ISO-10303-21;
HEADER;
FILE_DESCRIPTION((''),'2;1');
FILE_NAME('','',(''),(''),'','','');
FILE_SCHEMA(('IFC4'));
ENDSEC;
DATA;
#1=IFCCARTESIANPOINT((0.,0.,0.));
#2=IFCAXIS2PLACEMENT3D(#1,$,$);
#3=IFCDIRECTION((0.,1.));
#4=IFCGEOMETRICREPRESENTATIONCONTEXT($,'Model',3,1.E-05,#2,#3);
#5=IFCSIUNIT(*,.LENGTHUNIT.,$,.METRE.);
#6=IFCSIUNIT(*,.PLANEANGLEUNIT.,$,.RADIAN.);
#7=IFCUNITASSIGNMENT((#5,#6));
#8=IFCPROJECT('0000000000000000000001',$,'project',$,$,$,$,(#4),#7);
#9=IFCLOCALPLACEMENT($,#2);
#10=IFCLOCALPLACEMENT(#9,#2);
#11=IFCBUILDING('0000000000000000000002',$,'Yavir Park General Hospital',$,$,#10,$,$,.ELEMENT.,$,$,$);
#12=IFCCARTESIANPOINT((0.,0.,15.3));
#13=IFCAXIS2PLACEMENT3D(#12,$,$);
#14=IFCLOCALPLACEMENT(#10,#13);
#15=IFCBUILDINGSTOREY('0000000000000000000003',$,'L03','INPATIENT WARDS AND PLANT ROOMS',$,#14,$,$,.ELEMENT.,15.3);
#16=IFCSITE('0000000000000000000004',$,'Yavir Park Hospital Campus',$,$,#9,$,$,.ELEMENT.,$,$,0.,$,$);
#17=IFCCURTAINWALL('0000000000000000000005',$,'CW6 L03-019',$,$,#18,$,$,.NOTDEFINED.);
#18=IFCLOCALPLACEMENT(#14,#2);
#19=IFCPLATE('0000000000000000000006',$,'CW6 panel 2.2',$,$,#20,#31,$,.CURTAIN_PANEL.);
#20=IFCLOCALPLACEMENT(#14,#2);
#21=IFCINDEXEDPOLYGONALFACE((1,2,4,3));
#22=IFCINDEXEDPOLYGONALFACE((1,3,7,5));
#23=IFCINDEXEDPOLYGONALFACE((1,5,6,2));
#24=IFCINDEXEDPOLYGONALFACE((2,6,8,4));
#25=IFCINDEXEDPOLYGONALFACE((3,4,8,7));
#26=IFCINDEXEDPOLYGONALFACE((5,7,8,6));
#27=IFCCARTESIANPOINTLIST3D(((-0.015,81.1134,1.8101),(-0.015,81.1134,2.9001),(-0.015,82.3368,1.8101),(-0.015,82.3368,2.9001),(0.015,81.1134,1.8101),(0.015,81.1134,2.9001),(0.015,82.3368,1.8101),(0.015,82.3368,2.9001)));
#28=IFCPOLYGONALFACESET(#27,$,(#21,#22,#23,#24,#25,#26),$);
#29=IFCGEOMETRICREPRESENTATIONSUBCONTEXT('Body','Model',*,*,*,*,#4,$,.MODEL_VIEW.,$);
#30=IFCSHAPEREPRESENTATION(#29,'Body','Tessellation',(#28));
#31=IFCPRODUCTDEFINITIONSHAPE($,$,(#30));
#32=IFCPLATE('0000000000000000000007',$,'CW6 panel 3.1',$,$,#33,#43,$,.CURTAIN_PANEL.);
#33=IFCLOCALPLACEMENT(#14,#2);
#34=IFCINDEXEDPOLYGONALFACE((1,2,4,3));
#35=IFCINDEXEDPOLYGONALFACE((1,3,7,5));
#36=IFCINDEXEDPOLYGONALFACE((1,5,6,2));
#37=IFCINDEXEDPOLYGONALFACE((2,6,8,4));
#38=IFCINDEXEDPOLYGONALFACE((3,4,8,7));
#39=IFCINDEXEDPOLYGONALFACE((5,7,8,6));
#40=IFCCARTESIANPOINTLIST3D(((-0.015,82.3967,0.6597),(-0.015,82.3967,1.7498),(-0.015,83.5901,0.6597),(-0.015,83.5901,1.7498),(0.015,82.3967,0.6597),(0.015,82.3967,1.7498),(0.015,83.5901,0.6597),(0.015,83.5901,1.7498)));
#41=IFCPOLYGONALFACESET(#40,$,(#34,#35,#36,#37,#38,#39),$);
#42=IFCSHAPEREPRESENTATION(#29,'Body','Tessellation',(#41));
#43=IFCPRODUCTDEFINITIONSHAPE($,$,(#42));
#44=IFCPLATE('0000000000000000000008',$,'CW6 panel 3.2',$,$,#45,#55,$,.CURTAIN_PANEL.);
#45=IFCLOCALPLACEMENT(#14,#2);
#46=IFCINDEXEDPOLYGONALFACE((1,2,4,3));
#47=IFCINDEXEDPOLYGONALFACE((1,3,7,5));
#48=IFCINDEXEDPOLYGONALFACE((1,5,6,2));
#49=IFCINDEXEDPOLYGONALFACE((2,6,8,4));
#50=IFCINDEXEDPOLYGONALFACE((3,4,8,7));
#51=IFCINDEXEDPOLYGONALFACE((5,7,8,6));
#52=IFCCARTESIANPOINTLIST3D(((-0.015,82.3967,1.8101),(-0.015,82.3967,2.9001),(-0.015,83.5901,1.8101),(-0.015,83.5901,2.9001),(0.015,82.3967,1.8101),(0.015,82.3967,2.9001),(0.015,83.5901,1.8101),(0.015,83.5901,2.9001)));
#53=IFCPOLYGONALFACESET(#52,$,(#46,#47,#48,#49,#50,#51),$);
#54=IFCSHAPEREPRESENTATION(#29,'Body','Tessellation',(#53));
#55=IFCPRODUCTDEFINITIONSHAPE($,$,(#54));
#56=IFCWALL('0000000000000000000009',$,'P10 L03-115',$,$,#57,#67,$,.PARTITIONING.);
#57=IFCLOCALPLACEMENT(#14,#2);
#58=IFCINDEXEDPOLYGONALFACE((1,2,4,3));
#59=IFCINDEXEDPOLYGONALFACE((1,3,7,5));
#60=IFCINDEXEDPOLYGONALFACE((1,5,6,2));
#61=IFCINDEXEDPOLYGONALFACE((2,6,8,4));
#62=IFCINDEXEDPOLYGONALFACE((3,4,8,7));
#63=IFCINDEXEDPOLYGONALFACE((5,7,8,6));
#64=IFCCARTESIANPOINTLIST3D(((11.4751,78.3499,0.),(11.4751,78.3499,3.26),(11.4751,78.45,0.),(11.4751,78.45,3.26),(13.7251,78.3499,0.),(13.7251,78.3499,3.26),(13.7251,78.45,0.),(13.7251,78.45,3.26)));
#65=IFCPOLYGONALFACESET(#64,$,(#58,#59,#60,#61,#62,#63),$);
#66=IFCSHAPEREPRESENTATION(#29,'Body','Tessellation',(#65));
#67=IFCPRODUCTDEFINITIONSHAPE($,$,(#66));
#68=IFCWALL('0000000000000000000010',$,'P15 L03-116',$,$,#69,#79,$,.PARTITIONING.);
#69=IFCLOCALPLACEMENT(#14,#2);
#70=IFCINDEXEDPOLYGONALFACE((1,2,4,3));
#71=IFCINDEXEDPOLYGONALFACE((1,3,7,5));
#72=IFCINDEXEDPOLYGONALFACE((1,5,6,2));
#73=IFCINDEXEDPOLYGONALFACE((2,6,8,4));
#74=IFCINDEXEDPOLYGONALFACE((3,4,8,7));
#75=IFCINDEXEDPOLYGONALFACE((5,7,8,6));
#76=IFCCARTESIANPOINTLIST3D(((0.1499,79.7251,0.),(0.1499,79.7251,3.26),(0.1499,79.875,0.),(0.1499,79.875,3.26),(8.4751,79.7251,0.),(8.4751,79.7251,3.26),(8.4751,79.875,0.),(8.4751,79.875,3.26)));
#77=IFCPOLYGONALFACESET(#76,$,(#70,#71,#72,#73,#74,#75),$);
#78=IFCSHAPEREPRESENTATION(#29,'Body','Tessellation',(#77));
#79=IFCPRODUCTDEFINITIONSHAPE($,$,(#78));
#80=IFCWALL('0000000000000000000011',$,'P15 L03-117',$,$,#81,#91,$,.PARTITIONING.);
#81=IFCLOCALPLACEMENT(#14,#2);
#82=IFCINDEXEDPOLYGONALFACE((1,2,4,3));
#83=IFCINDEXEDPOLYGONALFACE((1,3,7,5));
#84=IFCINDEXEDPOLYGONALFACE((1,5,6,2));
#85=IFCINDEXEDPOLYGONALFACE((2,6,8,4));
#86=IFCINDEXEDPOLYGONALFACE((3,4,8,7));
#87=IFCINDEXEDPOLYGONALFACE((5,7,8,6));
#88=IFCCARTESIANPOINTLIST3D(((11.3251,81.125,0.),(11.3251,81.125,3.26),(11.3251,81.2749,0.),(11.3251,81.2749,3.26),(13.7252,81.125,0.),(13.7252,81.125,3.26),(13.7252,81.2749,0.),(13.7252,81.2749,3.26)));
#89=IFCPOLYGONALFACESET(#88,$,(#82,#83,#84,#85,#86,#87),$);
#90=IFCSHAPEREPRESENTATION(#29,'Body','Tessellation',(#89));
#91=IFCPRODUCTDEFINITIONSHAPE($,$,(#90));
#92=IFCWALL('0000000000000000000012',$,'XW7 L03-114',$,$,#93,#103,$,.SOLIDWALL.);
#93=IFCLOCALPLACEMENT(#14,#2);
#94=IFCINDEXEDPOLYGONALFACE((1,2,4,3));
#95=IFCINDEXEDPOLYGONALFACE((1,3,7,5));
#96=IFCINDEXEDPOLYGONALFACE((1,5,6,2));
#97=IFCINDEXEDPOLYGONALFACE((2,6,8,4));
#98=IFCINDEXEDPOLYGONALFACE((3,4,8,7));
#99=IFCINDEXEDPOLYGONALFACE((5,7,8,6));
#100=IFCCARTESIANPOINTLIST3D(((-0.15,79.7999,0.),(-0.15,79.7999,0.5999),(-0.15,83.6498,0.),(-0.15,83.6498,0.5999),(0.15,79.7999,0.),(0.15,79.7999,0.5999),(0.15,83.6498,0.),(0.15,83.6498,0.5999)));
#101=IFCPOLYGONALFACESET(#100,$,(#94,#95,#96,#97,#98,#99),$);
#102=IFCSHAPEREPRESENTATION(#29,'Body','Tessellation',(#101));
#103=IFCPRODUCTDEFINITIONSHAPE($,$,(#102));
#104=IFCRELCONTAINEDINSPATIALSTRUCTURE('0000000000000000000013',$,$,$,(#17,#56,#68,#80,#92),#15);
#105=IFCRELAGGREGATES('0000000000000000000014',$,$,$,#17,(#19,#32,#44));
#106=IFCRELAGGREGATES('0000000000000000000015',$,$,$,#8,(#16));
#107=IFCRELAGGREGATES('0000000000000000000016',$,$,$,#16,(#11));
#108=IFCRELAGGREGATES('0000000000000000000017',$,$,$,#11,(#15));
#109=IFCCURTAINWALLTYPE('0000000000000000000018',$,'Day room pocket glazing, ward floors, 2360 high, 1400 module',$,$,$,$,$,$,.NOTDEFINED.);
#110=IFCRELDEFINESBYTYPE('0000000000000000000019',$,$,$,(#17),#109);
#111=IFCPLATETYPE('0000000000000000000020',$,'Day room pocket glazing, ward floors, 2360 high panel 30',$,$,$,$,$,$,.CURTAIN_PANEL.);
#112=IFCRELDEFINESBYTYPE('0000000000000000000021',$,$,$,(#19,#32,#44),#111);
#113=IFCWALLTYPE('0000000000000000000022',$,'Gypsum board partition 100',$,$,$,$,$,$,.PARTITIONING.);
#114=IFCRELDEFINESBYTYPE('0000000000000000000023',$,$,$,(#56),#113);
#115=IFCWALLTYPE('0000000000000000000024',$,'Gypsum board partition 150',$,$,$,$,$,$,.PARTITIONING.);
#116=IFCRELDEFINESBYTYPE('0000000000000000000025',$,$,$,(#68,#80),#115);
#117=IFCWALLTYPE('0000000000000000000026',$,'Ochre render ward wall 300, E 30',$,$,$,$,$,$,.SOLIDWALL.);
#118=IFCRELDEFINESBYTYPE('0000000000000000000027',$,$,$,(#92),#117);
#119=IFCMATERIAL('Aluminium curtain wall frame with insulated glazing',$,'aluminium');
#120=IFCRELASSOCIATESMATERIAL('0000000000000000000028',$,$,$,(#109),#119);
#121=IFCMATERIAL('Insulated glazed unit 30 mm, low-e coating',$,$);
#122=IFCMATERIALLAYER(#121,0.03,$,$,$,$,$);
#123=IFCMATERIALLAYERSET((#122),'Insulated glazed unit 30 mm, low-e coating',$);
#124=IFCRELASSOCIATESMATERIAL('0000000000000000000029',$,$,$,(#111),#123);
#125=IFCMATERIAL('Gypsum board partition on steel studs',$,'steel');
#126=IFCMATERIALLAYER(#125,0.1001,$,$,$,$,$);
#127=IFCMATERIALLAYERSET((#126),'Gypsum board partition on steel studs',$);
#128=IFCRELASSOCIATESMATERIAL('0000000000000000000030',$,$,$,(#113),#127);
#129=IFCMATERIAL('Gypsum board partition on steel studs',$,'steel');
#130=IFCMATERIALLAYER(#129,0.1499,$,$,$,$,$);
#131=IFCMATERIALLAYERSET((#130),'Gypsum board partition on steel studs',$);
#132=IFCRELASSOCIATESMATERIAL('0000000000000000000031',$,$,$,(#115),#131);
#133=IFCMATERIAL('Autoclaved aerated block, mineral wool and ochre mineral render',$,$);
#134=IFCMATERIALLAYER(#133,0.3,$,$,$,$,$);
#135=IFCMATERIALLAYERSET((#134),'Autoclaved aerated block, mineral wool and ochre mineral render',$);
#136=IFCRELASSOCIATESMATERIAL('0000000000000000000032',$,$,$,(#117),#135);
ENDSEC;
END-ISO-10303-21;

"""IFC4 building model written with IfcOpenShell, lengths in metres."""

from ifc_helpers import new_model, si_unit, direction, frame, frame_2d, origin, origin_2d, place, context, subcontext, project, spatial, rectangle, extrude, material, layer, layer_set, type_object, element, aggregate, save


model = new_model("IFC4")

# Units and contexts
model_context = context("Model", 3, precision=1e-05, world=origin(), true_north=direction((0.0, 1.0)))
body_context = subcontext(model_context, "Body", "Model", "MODEL_VIEW")
ifc_project = project(units=[si_unit("LENGTHUNIT", "METRE"), si_unit("PLANEANGLEUNIT", "RADIAN")], contexts=[model_context])

# Site, building, storey
site_placement = place(None, origin())
site = spatial("IfcSite", under=ifc_project, at=site_placement, Name="Yavir Park Hospital Campus", CompositionType="ELEMENT", RefElevation=0.0)
building_placement = place(site_placement, origin())
building = spatial("IfcBuilding", under=site, at=building_placement, Name="Yavir Park General Hospital", CompositionType="ELEMENT")
storey_placement = place(building_placement, frame((0.0, 0.0, 15.3)))
storey = spatial("IfcBuildingStorey", under=building, at=storey_placement, Name="L03", Description="INPATIENT WARDS AND PLANT ROOMS", CompositionType="ELEMENT", Elevation=15.3)

# Curtain wall, plates
ifc_material_1 = material(Name="Aluminium curtain wall frame with insulated glazing", Category="aluminium")
curtain_wall_type = type_object("IfcCurtainWallType", Name="Day room pocket glazing, ward floors, 2360 high, 1400 module", PredefinedType="NOTDEFINED", material=ifc_material_1)
curtain_wall_placement = place(storey_placement, origin())
curtain_wall = element("IfcCurtainWall", 1, at=curtain_wall_placement, inside=storey, type_object=curtain_wall_type, Name="CW6 L03-019", PredefinedType="NOTDEFINED")
ifc_material_2 = material(Name="Insulated glazed unit 30 mm, low-e coating")
ifc_layer_1 = layer(ifc_material_2, 0.03)
ifc_layer_set_1 = layer_set([ifc_layer_1], Name="Insulated glazed unit 30 mm, low-e coating")
plate_type = type_object("IfcPlateType", Name="Day room pocket glazing, ward floors, 2360 high panel 30", PredefinedType="CURTAIN_PANEL", material=ifc_layer_set_1)
plate_1_placement = place(storey_placement, frame((0.0, 81.7251, 1.8101), z_axis=(0.0, 0.0, 1.0), x_axis=(0.0, 1.0, 0.0)))
plate_1 = element("IfcPlate", 2, at=plate_1_placement, type_object=plate_type, Name="CW6 panel 2.2", PredefinedType="CURTAIN_PANEL", context=body_context, shape_type="SweptSolid", body=[
    extrude(rectangle(XDim=1.2234, YDim=0.03, at=origin_2d()), origin(), (0.0, 0.0, 1.0), 1.0901),
])
plate_2_placement = place(storey_placement, frame((0.0, 82.9934, 0.6597), z_axis=(0.0, 0.0, 1.0), x_axis=(0.0, 1.0, 0.0)))
plate_2 = element("IfcPlate", 3, at=plate_2_placement, type_object=plate_type, Name="CW6 panel 3.1", PredefinedType="CURTAIN_PANEL", context=body_context, shape_type="SweptSolid", body=[
    extrude(rectangle(XDim=1.1934, YDim=0.03, at=origin_2d()), origin(), (0.0, 0.0, 1.0), 1.0901),
])
plate_3_placement = place(storey_placement, frame((0.0, 82.9934, 1.8101), z_axis=(0.0, 0.0, 1.0), x_axis=(0.0, 1.0, 0.0)))
plate_3 = element("IfcPlate", 4, at=plate_3_placement, type_object=plate_type, Name="CW6 panel 3.2", PredefinedType="CURTAIN_PANEL", context=body_context, shape_type="SweptSolid", body=[
    extrude(rectangle(XDim=1.1934, YDim=0.03, at=origin_2d()), origin(), (0.0, 0.0, 1.0), 1.0901),
])
aggregate(curtain_wall, [plate_1, plate_2, plate_3])

# Walls
ifc_material_3 = material(Name="Gypsum board partition on steel studs", Category="steel")
ifc_layer_2 = layer(ifc_material_3, 0.1001)
ifc_layer_set_2 = layer_set([ifc_layer_2], Name="Gypsum board partition on steel studs")
wall_type_1 = type_object("IfcWallType", Name="Gypsum board partition 100", PredefinedType="PARTITIONING", material=ifc_layer_set_2)
wall_1_placement = place(storey_placement, frame((11.4751, 78.3999, 0.0), z_axis=(0.0, 0.0, 1.0), x_axis=(1.0, 0.0, 0.0)))
element("IfcWall", 5, at=wall_1_placement, inside=storey, type_object=wall_type_1, Name="P10 L03-115", PredefinedType="PARTITIONING", context=body_context, shape_type="SweptSolid", body=[
    extrude(rectangle(XDim=2.25, YDim=0.1001, at=frame_2d((1.125, 0.0))), origin(), (0.0, 0.0, 1.0), 3.26),
])
ifc_material_4 = material(Name="Gypsum board partition on steel studs", Category="steel")
ifc_layer_3 = layer(ifc_material_4, 0.1499)
ifc_layer_set_3 = layer_set([ifc_layer_3], Name="Gypsum board partition on steel studs")
wall_type_2 = type_object("IfcWallType", Name="Gypsum board partition 150", PredefinedType="PARTITIONING", material=ifc_layer_set_3)
wall_2_placement = place(storey_placement, frame((0.1499, 79.8, 0.0), z_axis=(0.0, 0.0, 1.0), x_axis=(1.0, 0.0, 0.0)))
element("IfcWall", 6, at=wall_2_placement, inside=storey, type_object=wall_type_2, Name="P15 L03-116", PredefinedType="PARTITIONING", context=body_context, shape_type="SweptSolid", body=[
    extrude(rectangle(XDim=8.3252, YDim=0.1499, at=frame_2d((4.1626, 0.0))), origin(), (0.0, 0.0, 1.0), 3.26),
])
wall_3_placement = place(storey_placement, frame((11.325, 81.2, 0.0), z_axis=(0.0, 0.0, 1.0), x_axis=(1.0, 0.0, 0.0)))
element("IfcWall", 7, at=wall_3_placement, inside=storey, type_object=wall_type_2, Name="P15 L03-117", PredefinedType="PARTITIONING", context=body_context, shape_type="SweptSolid", body=[
    extrude(rectangle(XDim=2.4001, YDim=0.1499, at=frame_2d((1.2002, 0.0))), origin(), (0.0, 0.0, 1.0), 3.26),
])
ifc_material_5 = material(Name="Autoclaved aerated block, mineral wool and ochre mineral render")
ifc_layer_4 = layer(ifc_material_5, 0.3)
ifc_layer_set_4 = layer_set([ifc_layer_4], Name="Autoclaved aerated block, mineral wool and ochre mineral render")
wall_type_3 = type_object("IfcWallType", Name="Ochre render ward wall 300, E 30", PredefinedType="SOLIDWALL", material=ifc_layer_set_4)
wall_4_placement = place(storey_placement, frame((0.0, 79.8, 0.0), z_axis=(0.0, 0.0, 1.0), x_axis=(0.0, 1.0, 0.0)))
element("IfcWall", 8, at=wall_4_placement, inside=storey, type_object=wall_type_3, Name="XW7 L03-114", PredefinedType="SOLIDWALL", context=body_context, shape_type="SweptSolid", body=[
    extrude(rectangle(XDim=3.8499, YDim=0.3, at=frame_2d((1.9248, 0.0))), origin(), (0.0, 0.0, 1.0), 0.5999),
])

save(model, "model.ifc")
